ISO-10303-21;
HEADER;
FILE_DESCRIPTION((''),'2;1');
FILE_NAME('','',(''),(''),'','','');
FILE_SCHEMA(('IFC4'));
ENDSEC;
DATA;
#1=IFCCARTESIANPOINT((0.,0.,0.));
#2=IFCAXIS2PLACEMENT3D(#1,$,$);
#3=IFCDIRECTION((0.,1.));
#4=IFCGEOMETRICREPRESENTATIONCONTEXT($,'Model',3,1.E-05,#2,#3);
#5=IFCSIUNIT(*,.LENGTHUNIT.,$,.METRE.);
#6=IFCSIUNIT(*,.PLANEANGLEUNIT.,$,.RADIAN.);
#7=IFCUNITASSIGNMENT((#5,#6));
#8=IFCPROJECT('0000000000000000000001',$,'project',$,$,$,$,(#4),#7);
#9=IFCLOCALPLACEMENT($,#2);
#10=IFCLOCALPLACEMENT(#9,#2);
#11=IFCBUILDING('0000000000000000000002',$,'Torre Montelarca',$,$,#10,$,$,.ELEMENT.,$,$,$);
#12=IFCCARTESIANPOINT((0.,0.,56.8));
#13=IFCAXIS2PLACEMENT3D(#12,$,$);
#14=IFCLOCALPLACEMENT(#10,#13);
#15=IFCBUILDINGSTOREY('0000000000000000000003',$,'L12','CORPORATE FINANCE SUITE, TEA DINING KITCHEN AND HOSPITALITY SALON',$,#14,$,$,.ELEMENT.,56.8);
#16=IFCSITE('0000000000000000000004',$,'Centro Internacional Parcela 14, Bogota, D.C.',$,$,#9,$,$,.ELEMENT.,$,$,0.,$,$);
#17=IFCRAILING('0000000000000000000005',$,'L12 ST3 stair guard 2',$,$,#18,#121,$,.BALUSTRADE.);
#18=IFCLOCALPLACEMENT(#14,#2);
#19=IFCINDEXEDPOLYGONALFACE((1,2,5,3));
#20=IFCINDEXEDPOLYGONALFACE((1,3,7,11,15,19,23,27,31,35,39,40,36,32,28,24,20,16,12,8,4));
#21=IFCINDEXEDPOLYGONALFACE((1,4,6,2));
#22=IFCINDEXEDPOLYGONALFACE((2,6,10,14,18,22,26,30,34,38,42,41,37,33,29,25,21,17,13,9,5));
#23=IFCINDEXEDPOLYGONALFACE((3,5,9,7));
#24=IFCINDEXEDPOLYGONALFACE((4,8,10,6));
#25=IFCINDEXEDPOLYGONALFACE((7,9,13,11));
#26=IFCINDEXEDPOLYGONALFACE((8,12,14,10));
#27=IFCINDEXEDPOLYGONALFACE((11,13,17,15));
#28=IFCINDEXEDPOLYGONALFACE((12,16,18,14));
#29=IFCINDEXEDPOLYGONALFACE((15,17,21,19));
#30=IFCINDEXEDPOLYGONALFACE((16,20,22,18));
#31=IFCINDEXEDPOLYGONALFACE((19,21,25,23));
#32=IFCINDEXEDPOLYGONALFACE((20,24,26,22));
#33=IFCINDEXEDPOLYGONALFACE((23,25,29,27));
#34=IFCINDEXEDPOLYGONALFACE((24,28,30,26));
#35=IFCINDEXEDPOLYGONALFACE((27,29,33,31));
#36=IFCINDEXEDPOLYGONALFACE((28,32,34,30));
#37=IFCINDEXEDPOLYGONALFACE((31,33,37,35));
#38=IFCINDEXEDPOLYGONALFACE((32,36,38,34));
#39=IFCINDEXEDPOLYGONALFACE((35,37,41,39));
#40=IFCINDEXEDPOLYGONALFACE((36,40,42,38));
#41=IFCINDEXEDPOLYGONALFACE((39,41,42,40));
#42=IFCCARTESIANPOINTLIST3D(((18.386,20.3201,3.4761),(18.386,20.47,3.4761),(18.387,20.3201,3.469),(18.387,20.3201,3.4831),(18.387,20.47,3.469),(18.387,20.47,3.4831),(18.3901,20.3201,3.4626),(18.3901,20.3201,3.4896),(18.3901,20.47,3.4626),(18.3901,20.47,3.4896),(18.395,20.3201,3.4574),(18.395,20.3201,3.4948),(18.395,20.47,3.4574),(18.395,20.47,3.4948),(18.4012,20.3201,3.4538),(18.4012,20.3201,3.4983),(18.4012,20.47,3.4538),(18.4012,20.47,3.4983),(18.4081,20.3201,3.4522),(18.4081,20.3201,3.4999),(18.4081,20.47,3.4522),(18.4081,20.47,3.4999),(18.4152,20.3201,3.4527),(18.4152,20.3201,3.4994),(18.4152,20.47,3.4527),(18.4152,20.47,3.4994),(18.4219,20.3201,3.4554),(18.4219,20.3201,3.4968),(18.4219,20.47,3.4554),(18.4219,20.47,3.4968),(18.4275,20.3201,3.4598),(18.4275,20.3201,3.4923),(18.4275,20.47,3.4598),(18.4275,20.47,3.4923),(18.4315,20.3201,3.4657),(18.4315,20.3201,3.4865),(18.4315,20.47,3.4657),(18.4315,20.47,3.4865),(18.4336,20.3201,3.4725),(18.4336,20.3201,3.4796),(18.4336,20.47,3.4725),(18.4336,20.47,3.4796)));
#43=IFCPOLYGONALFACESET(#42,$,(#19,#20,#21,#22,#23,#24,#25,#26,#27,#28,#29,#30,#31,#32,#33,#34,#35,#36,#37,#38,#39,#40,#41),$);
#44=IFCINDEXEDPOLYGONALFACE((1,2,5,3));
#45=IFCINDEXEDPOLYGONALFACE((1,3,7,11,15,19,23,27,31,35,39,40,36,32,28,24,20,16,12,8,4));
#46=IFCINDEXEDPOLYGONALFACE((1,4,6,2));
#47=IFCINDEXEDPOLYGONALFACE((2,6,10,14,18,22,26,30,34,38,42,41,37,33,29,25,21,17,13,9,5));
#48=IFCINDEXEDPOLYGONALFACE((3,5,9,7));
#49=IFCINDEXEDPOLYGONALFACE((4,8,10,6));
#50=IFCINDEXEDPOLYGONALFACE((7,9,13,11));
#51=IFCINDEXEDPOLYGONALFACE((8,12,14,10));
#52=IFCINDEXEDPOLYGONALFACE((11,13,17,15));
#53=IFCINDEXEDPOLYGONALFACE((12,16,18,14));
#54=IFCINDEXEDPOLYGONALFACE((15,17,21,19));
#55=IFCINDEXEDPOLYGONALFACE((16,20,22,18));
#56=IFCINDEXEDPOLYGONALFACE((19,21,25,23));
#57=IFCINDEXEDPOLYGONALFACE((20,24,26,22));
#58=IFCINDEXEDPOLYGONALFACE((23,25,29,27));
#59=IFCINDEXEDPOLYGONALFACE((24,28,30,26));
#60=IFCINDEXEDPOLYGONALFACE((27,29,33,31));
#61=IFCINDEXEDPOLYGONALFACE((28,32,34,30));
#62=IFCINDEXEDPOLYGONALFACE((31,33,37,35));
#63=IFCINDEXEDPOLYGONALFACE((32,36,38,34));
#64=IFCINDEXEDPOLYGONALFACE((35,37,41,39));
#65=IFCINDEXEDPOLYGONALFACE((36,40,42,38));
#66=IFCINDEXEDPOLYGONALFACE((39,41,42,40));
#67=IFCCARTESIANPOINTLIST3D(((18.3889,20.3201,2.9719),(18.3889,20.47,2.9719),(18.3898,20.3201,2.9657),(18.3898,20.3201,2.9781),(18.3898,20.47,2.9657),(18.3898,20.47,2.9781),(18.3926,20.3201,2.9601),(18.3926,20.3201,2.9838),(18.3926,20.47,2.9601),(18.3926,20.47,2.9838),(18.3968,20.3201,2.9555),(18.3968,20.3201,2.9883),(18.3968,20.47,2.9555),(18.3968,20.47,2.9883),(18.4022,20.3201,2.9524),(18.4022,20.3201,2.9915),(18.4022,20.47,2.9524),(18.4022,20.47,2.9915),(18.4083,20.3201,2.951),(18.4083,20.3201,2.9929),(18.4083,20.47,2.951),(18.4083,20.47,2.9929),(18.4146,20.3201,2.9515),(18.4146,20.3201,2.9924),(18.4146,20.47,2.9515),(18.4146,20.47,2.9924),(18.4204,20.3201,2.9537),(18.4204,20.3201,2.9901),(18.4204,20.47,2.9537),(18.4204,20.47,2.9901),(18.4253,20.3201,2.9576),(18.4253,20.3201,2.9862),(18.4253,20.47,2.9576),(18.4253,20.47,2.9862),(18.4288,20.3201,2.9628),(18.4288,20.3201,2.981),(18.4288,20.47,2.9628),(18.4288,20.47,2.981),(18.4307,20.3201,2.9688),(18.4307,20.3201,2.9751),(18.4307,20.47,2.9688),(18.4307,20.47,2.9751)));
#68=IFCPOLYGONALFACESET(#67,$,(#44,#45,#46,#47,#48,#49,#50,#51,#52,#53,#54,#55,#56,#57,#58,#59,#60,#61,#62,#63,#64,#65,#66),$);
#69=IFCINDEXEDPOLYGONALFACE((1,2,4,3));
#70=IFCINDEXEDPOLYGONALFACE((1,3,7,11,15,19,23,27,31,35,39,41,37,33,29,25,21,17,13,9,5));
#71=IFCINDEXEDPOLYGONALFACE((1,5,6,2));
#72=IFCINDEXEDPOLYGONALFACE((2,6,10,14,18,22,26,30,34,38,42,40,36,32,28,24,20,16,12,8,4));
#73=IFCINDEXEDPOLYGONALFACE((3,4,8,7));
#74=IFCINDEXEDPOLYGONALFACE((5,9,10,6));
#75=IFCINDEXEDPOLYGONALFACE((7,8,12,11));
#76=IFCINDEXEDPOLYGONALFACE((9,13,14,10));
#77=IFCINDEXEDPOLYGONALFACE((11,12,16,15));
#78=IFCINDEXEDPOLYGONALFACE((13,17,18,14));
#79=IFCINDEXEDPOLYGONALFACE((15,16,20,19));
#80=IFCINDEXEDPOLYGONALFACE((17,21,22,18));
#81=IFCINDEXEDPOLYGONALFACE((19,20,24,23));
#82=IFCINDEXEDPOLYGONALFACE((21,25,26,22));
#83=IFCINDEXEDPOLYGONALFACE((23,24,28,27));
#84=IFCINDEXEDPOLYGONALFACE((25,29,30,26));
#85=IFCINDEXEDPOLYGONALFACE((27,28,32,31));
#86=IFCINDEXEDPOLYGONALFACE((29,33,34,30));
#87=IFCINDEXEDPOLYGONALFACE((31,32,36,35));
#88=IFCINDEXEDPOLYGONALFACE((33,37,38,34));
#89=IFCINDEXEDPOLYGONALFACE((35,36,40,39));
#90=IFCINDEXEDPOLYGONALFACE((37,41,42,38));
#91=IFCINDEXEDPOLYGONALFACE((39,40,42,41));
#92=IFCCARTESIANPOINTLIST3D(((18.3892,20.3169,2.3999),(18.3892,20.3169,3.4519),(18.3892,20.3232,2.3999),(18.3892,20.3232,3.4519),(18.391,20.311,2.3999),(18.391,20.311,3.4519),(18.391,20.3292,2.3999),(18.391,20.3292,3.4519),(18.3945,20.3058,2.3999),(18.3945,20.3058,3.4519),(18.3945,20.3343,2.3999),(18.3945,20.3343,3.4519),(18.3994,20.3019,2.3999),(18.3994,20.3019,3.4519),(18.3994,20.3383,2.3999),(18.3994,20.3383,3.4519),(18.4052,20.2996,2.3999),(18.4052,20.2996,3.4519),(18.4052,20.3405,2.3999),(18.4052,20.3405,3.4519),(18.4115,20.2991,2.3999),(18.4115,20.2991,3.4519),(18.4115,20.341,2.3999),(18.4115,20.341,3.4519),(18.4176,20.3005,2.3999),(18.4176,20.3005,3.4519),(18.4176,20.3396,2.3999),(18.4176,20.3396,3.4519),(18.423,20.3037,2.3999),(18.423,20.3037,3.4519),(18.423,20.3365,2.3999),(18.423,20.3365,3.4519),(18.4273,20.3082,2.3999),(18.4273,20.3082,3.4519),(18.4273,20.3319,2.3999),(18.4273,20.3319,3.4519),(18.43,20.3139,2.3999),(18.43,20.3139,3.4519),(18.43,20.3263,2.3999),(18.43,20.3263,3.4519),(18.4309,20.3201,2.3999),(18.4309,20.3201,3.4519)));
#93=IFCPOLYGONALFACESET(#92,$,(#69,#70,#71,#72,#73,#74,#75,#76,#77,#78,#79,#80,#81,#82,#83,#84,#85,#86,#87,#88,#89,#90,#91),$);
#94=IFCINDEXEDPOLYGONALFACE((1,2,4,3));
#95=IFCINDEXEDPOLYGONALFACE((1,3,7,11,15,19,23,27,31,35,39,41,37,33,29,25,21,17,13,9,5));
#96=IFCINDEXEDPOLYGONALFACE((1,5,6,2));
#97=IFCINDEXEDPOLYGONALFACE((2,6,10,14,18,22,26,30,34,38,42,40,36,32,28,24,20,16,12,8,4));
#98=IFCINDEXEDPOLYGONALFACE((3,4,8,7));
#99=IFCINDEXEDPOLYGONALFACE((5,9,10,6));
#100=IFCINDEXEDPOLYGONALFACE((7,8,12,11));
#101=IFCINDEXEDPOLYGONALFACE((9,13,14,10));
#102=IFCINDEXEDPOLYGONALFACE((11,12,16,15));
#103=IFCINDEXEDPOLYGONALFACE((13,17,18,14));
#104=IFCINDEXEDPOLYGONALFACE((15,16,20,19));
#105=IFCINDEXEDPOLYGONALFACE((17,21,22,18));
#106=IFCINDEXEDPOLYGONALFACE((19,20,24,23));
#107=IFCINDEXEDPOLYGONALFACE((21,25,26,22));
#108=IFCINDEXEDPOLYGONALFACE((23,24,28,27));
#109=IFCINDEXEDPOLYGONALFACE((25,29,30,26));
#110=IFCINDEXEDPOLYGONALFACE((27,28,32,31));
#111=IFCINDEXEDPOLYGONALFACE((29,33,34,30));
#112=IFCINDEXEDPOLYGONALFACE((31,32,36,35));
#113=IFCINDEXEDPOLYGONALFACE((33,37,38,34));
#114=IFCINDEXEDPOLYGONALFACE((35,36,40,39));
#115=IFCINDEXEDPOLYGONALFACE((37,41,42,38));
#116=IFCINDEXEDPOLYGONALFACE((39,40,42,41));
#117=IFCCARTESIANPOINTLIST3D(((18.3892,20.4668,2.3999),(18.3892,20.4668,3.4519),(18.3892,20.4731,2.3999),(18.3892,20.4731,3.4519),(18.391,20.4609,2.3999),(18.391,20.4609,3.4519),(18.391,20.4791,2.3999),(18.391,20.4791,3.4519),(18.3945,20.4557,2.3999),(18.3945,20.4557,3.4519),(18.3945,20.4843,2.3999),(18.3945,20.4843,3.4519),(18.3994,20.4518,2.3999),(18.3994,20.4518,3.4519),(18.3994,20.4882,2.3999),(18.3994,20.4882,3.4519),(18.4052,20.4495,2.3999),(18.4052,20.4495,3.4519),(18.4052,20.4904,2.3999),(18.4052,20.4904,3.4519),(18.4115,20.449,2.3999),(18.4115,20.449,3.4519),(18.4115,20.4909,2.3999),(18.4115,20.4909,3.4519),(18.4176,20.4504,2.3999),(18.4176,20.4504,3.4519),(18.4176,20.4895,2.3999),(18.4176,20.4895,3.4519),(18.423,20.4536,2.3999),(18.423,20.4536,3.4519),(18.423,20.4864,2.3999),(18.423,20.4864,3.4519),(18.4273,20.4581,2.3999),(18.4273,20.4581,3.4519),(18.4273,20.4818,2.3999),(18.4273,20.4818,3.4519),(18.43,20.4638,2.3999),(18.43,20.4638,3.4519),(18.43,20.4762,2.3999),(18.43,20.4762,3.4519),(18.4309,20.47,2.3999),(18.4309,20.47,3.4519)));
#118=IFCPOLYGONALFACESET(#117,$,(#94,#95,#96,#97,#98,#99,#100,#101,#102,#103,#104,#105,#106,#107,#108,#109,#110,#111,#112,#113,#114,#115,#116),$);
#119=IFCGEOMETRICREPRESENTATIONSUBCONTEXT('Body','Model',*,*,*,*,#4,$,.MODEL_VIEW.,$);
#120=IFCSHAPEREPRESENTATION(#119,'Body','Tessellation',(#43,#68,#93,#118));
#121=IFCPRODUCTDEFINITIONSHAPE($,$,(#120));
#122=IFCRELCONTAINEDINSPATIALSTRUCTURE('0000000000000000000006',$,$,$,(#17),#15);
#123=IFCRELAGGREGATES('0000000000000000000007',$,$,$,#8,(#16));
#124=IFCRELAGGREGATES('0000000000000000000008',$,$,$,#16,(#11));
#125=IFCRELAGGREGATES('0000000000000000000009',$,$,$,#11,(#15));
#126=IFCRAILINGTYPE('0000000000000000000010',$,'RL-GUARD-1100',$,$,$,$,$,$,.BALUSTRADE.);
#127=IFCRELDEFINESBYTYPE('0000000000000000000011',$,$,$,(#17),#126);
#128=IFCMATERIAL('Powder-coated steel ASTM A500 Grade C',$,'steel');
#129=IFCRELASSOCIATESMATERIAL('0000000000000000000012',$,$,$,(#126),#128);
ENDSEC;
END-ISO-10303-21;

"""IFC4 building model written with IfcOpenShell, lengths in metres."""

from ifc_helpers import new_model, si_unit, direction, frame, origin, origin_2d, place, context, subcontext, project, spatial, circle, extrude, material, type_object, element, save


model = new_model("IFC4")

# Units and contexts
model_context = context("Model", 3, precision=1e-05, world=origin(), true_north=direction((0.0, 1.0)))
body_context = subcontext(model_context, "Body", "Model", "MODEL_VIEW")
ifc_project = project(units=[si_unit("LENGTHUNIT", "METRE"), si_unit("PLANEANGLEUNIT", "RADIAN")], contexts=[model_context])

# Site, building, storey
site_placement = place(None, origin())
site = spatial("IfcSite", under=ifc_project, at=site_placement, Name="Centro Internacional Parcela 14, Bogota, D.C.", CompositionType="ELEMENT", RefElevation=0.0)
building_placement = place(site_placement, origin())
building = spatial("IfcBuilding", under=site, at=building_placement, Name="Torre Montelarca", CompositionType="ELEMENT")
storey_placement = place(building_placement, frame((0.0, 0.0, 56.8)))
storey = spatial("IfcBuildingStorey", under=building, at=storey_placement, Name="L12", Description="CORPORATE FINANCE SUITE, TEA DINING KITCHEN AND HOSPITALITY SALON", CompositionType="ELEMENT", Elevation=56.8)

# Railing
ifc_material_1 = material(Name="Powder-coated steel ASTM A500 Grade C", Category="steel")
railing_type_1 = type_object("IfcRailingType", Name="RL-GUARD-1100", PredefinedType="BALUSTRADE", material=ifc_material_1)
railing_1_placement = place(storey_placement, frame((18.4099, 20.3201, 2.3999)))
element("IfcRailing", 1, at=railing_1_placement, inside=storey, type_object=railing_type_1, Name="L12 ST3 stair guard 2", PredefinedType="BALUSTRADE", context=body_context, shape_type="SweptSolid", body=[
    extrude(circle(Radius=0.0239, at=origin_2d()), frame((0.0, 0.0, 1.0762), z_axis=(0.0, 1.0, 0.0), x_axis=(-1.0, 0.0, 0.0)), (0.0, 0.0, 1.0), 0.1499),
    extrude(circle(Radius=0.021, at=origin_2d()), frame((0.0, 0.0, 0.572), z_axis=(0.0, 1.0, 0.0), x_axis=(-1.0, 0.0, 0.0)), (0.0, 0.0, 1.0), 0.1499),
    extrude(circle(Radius=0.021, at=origin_2d()), origin(), (0.0, 0.0, 1.0), 1.052),
    extrude(circle(Radius=0.021, at=origin_2d()), frame((0.0, 0.1499, 0.0)), (0.0, 0.0, 1.0), 1.052),
])

save(model, "model.ifc")
